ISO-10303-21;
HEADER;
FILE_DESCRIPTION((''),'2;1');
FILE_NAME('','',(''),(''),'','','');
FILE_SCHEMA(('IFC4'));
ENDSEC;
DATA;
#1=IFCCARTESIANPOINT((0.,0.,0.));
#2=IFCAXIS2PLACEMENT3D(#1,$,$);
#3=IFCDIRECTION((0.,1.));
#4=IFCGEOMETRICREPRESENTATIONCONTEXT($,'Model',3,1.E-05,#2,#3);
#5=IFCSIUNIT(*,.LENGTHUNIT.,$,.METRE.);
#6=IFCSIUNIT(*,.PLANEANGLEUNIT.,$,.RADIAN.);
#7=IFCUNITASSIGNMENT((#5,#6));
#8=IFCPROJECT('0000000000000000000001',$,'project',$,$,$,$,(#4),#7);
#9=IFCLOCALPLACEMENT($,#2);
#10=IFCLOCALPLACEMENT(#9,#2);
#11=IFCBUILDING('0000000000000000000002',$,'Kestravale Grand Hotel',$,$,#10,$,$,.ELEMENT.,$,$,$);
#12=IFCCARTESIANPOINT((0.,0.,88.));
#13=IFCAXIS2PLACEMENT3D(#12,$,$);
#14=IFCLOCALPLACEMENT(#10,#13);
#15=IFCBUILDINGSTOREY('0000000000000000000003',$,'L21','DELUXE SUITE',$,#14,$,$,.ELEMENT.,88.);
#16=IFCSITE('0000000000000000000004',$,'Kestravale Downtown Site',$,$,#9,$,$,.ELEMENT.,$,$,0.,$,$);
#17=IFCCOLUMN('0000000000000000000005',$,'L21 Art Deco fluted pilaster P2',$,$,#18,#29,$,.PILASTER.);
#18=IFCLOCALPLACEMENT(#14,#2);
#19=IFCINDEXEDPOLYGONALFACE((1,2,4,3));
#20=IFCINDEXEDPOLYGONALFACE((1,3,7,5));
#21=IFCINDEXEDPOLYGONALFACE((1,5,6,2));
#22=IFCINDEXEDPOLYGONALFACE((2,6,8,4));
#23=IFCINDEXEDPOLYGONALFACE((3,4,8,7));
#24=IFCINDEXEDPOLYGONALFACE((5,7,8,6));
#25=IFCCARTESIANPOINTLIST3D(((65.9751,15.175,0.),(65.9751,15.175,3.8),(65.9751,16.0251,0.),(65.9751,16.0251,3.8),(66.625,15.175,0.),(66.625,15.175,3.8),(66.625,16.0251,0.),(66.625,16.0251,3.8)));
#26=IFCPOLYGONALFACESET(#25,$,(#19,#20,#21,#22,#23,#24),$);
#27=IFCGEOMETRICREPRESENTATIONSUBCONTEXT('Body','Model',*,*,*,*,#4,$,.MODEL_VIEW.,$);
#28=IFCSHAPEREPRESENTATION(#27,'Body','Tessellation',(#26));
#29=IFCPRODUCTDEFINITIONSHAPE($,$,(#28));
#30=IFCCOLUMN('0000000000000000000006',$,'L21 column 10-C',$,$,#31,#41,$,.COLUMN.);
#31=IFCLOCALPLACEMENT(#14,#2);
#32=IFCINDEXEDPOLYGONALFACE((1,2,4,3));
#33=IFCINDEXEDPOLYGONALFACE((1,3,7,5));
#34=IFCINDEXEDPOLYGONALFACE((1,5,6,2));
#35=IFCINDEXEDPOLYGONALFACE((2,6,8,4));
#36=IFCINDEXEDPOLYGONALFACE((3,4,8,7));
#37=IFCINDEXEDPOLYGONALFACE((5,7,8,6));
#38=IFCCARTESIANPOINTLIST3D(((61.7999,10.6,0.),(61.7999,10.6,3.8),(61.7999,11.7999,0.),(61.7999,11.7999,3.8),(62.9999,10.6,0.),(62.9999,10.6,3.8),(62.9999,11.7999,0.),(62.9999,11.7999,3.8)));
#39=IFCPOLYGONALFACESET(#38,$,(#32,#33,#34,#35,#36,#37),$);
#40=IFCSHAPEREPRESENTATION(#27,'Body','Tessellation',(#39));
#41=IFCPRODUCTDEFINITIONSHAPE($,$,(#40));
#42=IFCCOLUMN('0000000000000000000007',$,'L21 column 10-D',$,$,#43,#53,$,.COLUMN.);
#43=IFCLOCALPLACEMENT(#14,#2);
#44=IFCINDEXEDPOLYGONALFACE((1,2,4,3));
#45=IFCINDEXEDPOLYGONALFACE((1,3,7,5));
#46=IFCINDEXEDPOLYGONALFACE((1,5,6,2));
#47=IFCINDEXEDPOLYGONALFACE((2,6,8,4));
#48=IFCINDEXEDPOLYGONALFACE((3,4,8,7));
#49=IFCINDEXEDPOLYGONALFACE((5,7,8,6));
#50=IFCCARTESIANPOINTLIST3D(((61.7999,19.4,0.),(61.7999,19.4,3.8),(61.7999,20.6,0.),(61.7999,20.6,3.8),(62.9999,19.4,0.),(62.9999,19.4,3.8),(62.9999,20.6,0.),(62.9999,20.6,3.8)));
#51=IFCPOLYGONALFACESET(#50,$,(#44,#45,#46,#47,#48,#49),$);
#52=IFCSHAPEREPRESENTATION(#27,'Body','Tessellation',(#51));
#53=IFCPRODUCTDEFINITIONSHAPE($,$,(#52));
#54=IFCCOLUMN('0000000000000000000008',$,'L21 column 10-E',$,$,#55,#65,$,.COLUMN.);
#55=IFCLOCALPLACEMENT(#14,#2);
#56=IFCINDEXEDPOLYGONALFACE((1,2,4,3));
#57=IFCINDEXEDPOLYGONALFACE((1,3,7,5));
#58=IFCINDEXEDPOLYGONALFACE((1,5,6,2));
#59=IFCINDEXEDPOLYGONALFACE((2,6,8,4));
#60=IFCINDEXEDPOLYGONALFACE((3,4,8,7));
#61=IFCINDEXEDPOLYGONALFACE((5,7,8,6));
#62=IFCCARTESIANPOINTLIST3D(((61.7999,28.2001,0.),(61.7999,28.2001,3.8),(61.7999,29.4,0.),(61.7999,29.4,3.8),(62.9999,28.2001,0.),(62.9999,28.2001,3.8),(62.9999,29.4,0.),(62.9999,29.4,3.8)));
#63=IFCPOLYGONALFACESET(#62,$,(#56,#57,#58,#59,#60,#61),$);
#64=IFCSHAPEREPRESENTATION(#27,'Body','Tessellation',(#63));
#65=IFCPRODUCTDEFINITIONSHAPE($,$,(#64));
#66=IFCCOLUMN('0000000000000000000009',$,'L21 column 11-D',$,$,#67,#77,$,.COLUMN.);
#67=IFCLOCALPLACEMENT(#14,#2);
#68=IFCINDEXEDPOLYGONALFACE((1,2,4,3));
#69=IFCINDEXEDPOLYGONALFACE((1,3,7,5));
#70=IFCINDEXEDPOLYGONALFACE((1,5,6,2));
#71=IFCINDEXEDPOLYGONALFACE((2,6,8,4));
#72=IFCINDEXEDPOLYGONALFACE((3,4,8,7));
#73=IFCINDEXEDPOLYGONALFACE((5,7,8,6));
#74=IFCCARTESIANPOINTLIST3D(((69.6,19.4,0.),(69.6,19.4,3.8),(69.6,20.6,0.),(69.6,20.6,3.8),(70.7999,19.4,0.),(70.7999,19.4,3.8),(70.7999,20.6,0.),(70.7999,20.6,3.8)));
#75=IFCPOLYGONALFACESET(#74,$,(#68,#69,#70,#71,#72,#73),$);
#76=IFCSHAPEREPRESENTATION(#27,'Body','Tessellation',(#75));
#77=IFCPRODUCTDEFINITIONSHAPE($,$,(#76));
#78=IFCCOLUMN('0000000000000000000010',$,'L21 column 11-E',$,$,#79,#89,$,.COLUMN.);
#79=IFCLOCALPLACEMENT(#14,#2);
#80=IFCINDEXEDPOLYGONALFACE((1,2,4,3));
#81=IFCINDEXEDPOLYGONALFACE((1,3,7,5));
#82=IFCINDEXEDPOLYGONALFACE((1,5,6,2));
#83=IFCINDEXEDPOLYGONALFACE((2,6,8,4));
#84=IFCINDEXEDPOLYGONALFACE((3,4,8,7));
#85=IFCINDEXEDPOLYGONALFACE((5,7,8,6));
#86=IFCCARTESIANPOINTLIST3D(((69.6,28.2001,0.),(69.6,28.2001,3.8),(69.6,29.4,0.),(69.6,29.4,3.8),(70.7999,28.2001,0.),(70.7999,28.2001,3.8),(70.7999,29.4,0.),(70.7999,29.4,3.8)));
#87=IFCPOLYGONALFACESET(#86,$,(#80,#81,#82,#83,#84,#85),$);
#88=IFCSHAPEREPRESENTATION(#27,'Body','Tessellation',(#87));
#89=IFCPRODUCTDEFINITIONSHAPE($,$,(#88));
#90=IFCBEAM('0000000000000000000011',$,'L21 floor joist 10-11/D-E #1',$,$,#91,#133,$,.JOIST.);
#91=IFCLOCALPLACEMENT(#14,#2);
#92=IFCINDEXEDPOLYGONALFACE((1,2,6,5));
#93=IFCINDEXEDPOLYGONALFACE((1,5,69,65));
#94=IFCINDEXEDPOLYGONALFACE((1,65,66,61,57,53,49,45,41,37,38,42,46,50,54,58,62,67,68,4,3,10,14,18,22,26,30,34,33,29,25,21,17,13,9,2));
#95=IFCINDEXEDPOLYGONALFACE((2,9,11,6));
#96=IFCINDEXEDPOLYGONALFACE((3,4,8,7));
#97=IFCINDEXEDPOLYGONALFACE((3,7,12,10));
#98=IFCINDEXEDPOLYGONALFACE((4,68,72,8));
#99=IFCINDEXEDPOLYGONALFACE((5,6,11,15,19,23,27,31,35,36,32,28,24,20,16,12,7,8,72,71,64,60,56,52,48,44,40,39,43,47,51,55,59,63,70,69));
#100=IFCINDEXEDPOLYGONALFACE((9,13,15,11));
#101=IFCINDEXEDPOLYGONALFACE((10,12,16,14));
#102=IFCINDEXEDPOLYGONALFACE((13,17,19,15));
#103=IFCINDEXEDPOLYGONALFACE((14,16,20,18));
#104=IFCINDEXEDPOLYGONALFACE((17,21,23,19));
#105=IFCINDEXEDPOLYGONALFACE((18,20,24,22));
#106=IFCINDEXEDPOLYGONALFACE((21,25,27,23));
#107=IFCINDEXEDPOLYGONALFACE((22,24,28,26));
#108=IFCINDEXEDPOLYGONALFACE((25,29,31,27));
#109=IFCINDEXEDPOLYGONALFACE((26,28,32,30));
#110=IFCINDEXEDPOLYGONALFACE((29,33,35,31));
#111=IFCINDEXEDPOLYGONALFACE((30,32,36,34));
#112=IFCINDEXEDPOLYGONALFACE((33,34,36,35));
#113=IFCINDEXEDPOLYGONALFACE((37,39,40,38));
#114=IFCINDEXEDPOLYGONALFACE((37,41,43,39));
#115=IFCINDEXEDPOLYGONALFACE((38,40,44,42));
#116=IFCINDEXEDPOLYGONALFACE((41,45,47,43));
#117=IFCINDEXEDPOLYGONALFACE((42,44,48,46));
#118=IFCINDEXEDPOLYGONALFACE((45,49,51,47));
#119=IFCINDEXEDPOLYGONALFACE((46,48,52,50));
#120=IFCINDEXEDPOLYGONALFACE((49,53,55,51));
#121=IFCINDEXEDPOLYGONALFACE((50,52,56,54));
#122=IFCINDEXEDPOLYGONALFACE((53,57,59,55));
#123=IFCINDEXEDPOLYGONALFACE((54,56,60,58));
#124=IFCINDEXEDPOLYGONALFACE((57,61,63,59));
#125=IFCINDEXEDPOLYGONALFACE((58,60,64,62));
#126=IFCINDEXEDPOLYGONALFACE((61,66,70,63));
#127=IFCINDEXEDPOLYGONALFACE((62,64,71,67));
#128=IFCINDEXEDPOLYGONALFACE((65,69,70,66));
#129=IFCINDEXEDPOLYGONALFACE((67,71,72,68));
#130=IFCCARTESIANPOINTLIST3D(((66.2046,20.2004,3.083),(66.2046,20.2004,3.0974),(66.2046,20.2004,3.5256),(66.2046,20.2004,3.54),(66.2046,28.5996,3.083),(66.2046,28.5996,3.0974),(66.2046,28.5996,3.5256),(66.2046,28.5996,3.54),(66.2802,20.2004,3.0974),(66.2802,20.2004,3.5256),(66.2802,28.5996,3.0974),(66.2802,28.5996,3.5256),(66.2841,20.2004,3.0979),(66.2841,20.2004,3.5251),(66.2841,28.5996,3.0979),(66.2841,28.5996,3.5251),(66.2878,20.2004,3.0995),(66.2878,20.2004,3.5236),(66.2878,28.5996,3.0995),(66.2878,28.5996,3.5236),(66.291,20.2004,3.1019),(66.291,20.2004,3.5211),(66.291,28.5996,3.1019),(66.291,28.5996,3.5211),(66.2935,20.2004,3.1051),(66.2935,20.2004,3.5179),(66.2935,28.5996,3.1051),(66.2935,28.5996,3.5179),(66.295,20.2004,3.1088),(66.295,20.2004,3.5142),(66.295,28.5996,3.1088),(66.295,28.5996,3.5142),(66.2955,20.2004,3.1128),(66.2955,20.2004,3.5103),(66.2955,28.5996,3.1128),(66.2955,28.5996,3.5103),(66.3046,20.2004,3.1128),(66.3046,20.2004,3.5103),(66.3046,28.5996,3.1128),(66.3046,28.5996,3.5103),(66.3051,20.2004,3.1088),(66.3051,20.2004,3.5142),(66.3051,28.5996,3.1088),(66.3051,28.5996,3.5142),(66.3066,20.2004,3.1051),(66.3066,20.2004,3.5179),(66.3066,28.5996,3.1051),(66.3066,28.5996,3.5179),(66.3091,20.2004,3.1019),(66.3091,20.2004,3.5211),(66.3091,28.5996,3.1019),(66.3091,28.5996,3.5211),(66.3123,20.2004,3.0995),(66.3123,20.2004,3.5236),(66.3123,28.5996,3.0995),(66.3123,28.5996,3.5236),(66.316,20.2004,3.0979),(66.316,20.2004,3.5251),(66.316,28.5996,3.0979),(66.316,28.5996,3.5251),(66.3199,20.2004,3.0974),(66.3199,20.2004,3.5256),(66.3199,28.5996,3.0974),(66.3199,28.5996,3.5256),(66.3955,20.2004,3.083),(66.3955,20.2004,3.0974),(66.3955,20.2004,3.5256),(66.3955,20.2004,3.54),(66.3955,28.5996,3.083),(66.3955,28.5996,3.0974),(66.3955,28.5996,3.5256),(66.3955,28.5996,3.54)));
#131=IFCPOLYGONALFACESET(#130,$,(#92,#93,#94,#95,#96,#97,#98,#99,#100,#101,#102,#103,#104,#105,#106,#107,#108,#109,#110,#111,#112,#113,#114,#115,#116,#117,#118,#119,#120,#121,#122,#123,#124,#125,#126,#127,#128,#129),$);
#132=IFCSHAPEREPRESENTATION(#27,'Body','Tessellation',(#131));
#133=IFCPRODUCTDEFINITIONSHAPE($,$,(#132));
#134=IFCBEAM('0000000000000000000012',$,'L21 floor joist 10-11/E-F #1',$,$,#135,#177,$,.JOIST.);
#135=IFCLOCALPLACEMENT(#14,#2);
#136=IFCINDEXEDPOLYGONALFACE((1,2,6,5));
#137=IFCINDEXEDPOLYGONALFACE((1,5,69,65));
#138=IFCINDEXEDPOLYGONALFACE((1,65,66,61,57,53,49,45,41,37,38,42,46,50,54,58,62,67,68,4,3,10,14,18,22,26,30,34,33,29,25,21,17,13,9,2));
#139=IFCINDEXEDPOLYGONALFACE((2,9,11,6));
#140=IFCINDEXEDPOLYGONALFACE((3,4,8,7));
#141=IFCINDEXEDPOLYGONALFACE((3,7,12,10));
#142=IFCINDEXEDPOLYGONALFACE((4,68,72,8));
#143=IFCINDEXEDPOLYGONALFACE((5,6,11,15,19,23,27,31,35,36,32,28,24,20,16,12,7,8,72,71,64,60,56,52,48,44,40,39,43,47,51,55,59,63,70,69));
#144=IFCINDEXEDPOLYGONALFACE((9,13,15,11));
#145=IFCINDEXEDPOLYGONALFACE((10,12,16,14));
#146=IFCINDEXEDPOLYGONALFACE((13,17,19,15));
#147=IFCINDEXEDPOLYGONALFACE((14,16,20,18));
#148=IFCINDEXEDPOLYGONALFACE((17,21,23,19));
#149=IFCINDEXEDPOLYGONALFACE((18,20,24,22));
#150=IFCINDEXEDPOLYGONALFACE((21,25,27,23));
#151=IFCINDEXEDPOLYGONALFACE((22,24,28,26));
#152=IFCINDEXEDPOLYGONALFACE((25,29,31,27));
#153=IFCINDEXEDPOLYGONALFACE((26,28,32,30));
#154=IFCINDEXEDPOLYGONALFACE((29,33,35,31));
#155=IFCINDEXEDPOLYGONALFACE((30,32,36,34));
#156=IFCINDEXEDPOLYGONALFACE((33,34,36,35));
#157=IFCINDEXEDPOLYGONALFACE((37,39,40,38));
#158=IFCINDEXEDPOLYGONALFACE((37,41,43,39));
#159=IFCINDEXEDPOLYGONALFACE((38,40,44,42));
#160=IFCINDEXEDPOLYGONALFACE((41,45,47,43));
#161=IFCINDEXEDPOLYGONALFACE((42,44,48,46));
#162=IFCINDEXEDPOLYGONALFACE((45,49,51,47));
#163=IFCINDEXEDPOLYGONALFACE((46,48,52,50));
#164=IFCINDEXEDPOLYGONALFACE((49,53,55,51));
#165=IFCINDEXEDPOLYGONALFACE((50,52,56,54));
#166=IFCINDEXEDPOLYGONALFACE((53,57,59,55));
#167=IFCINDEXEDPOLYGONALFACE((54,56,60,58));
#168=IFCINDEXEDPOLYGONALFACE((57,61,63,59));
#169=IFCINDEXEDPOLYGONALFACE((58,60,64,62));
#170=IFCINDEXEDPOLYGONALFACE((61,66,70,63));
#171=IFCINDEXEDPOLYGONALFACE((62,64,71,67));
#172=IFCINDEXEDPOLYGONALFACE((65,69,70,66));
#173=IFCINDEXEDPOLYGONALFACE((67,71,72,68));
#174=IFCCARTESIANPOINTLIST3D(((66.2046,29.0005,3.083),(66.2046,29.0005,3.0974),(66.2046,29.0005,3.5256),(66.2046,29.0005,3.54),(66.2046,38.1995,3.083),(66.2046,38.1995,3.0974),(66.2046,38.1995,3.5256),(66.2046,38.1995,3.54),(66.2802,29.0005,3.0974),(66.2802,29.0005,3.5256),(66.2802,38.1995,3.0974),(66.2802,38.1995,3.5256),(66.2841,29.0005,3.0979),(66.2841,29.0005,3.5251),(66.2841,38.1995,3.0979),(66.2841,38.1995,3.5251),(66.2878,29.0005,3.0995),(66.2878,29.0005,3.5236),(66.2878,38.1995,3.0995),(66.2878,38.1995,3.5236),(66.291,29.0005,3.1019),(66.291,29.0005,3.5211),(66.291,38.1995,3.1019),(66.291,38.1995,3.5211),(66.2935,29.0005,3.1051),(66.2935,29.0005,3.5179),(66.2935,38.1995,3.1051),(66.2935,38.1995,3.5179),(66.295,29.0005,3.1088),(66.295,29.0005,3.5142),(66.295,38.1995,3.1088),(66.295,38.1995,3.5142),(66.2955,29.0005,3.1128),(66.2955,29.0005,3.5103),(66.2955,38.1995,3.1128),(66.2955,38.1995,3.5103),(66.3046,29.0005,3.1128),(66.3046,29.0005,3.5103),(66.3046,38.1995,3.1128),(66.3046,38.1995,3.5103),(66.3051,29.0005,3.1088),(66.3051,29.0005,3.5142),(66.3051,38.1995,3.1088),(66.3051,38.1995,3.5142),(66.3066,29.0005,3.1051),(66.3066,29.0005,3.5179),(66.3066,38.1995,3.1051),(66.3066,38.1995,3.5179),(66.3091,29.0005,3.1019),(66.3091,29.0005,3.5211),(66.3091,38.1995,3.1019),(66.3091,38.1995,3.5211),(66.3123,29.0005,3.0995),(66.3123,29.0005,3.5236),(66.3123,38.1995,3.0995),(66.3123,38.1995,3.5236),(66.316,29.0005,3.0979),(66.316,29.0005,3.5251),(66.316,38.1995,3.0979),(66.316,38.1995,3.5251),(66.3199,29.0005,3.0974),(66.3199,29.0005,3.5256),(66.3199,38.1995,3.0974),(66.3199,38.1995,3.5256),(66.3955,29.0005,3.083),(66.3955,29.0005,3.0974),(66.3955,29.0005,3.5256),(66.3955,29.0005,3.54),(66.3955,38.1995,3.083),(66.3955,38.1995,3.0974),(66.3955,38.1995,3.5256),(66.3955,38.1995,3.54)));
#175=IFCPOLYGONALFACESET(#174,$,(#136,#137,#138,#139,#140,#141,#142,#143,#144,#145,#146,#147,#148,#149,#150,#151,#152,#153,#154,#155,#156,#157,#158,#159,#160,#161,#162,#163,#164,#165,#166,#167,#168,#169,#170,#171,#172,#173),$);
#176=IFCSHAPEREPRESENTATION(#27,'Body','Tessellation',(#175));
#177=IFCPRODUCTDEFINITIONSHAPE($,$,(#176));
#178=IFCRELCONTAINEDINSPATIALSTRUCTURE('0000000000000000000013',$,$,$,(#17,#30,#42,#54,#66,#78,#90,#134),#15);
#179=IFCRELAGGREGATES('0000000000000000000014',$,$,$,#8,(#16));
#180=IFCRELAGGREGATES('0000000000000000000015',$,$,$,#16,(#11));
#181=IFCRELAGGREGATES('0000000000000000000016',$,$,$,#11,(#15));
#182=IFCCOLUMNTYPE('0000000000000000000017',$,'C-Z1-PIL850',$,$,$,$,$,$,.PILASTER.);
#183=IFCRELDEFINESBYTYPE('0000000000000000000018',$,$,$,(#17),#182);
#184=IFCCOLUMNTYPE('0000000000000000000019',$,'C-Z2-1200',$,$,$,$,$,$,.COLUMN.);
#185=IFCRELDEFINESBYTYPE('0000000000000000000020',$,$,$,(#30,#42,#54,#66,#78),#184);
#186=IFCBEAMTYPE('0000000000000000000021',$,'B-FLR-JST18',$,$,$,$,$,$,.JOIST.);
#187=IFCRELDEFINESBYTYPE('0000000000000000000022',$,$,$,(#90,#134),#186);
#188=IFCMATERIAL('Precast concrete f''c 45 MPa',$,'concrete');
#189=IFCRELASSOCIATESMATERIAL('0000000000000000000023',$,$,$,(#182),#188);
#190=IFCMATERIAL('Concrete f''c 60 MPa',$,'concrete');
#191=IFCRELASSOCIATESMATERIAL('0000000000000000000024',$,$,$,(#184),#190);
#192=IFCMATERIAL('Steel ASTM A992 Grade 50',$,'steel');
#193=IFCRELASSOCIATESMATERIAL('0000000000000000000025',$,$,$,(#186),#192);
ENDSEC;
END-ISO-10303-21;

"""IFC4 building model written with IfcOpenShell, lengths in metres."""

from ifc_helpers import new_model, si_unit, direction, frame, origin, origin_2d, place, context, subcontext, project, spatial, rectangle, i_section, extrude, material, material_profile, profile_set, type_object, element, save


model = new_model("IFC4")

# Units and contexts
model_context = context("Model", 3, precision=1e-05, world=origin(), true_north=direction((0.0, 1.0)))
body_context = subcontext(model_context, "Body", "Model", "MODEL_VIEW")
ifc_project = project(units=[si_unit("LENGTHUNIT", "METRE"), si_unit("PLANEANGLEUNIT", "RADIAN")], contexts=[model_context])

# Site, building, storey
site_placement = place(None, origin())
site = spatial("IfcSite", under=ifc_project, at=site_placement, Name="Kestravale Downtown Site", CompositionType="ELEMENT", RefElevation=0.0)
building_placement = place(site_placement, origin())
building = spatial("IfcBuilding", under=site, at=building_placement, Name="Kestravale Grand Hotel", CompositionType="ELEMENT")
storey_placement = place(building_placement, frame((0.0, 0.0, 88.0)))
storey = spatial("IfcBuildingStorey", under=building, at=storey_placement, Name="L21", Description="DELUXE SUITE", CompositionType="ELEMENT", Elevation=88.0)

# Columns
ifc_material_1 = material(Name="Precast concrete f'c 45 MPa", Category="concrete")
ifc_material_profile_1 = material_profile(ifc_material_1, rectangle(XDim=0.6499, YDim=0.8501, at=origin_2d()))
ifc_profile_set_1 = profile_set([ifc_material_profile_1], Name="Precast concrete f'c 45 MPa")
column_type_1 = type_object("IfcColumnType", Name="C-Z1-PIL850", PredefinedType="PILASTER", material=ifc_profile_set_1)
column_placement = place(storey_placement, frame((66.3, 15.6001, 0.0), z_axis=(0.0, 0.0, 1.0), x_axis=(1.0, 0.0, 0.0)))
element("IfcColumn", 1, at=column_placement, inside=storey, type_object=column_type_1, Name="L21 Art Deco fluted pilaster P2", PredefinedType="PILASTER", context=body_context, shape_type="SweptSolid", body=[
    extrude(rectangle(XDim=0.6499, YDim=0.8501, at=origin_2d()), origin(), (0.0, 0.0, 1.0), 3.8),
])
ifc_material_2 = material(Name="Concrete f'c 60 MPa", Category="concrete")
ifc_material_profile_2 = material_profile(ifc_material_2, rectangle(XDim=1.2, YDim=1.2, at=origin_2d()))
ifc_profile_set_2 = profile_set([ifc_material_profile_2], Name="Concrete f'c 60 MPa")
column_type_2 = type_object("IfcColumnType", Name="C-Z2-1200", PredefinedType="COLUMN", material=ifc_profile_set_2)
for number, where, z_axis, x_axis, name in (
    (2, (62.3999, 11.2, 0.0), (0.0, 0.0, 1.0), (1.0, 0.0, 0.0), "L21 column 10-C"),
    (3, (62.3999, 20.0, 0.0), (0.0, 0.0, 1.0), (1.0, 0.0, 0.0), "L21 column 10-D"),
    (4, (62.3999, 28.8, 0.0), (0.0, 0.0, 1.0), (1.0, 0.0, 0.0), "L21 column 10-E"),
    (5, (70.2, 20.0, 0.0), (0.0, 0.0, 1.0), (1.0, 0.0, 0.0), "L21 column 11-D"),
    (6, (70.2, 28.8, 0.0), (0.0, 0.0, 1.0), (1.0, 0.0, 0.0), "L21 column 11-E"),
):
    element("IfcColumn", number, at=place(storey_placement, frame(where, z_axis=z_axis, x_axis=x_axis)), inside=storey, type_object=column_type_2, Name=name, PredefinedType="COLUMN", context=body_context, shape_type="SweptSolid", body=[
        extrude(rectangle(XDim=1.2, YDim=1.2, at=origin_2d()), origin(), (0.0, 0.0, 1.0), 3.8),
    ])

# Beams
ifc_material_3 = material(Name="Steel ASTM A992 Grade 50", Category="steel")
ifc_material_profile_3 = material_profile(ifc_material_3, i_section(OverallWidth=0.1909, OverallDepth=0.457, WebThickness=0.009, FlangeThickness=0.0144, FilletRadius=0.0154, at=origin_2d()))
ifc_profile_set_3 = profile_set([ifc_material_profile_3], Name="Steel ASTM A992 Grade 50")
beam_type_1 = type_object("IfcBeamType", Name="B-FLR-JST18", PredefinedType="JOIST", material=ifc_profile_set_3)
beam_1_placement = place(storey_placement, frame((66.3, 20.2004, 3.3115), z_axis=(0.0, 1.0, 0.0), x_axis=(-1.0, 0.0, 0.0)))
element("IfcBeam", 7, at=beam_1_placement, inside=storey, type_object=beam_type_1, Name="L21 floor joist 10-11/D-E #1", PredefinedType="JOIST", context=body_context, shape_type="SweptSolid", body=[
    extrude(i_section(OverallWidth=0.1909, OverallDepth=0.457, WebThickness=0.009, FlangeThickness=0.0144, FilletRadius=0.0154, at=origin_2d()), origin(), (0.0, 0.0, 1.0), 8.3992),
])
beam_2_placement = place(storey_placement, frame((66.3, 29.0005, 3.3115), z_axis=(0.0, 1.0, 0.0), x_axis=(-1.0, 0.0, 0.0)))
element("IfcBeam", 8, at=beam_2_placement, inside=storey, type_object=beam_type_1, Name="L21 floor joist 10-11/E-F #1", PredefinedType="JOIST", context=body_context, shape_type="SweptSolid", body=[
    extrude(i_section(OverallWidth=0.1909, OverallDepth=0.457, WebThickness=0.009, FlangeThickness=0.0144, FilletRadius=0.0154, at=origin_2d()), origin(), (0.0, 0.0, 1.0), 9.199),
])

save(model, "model.ifc")
